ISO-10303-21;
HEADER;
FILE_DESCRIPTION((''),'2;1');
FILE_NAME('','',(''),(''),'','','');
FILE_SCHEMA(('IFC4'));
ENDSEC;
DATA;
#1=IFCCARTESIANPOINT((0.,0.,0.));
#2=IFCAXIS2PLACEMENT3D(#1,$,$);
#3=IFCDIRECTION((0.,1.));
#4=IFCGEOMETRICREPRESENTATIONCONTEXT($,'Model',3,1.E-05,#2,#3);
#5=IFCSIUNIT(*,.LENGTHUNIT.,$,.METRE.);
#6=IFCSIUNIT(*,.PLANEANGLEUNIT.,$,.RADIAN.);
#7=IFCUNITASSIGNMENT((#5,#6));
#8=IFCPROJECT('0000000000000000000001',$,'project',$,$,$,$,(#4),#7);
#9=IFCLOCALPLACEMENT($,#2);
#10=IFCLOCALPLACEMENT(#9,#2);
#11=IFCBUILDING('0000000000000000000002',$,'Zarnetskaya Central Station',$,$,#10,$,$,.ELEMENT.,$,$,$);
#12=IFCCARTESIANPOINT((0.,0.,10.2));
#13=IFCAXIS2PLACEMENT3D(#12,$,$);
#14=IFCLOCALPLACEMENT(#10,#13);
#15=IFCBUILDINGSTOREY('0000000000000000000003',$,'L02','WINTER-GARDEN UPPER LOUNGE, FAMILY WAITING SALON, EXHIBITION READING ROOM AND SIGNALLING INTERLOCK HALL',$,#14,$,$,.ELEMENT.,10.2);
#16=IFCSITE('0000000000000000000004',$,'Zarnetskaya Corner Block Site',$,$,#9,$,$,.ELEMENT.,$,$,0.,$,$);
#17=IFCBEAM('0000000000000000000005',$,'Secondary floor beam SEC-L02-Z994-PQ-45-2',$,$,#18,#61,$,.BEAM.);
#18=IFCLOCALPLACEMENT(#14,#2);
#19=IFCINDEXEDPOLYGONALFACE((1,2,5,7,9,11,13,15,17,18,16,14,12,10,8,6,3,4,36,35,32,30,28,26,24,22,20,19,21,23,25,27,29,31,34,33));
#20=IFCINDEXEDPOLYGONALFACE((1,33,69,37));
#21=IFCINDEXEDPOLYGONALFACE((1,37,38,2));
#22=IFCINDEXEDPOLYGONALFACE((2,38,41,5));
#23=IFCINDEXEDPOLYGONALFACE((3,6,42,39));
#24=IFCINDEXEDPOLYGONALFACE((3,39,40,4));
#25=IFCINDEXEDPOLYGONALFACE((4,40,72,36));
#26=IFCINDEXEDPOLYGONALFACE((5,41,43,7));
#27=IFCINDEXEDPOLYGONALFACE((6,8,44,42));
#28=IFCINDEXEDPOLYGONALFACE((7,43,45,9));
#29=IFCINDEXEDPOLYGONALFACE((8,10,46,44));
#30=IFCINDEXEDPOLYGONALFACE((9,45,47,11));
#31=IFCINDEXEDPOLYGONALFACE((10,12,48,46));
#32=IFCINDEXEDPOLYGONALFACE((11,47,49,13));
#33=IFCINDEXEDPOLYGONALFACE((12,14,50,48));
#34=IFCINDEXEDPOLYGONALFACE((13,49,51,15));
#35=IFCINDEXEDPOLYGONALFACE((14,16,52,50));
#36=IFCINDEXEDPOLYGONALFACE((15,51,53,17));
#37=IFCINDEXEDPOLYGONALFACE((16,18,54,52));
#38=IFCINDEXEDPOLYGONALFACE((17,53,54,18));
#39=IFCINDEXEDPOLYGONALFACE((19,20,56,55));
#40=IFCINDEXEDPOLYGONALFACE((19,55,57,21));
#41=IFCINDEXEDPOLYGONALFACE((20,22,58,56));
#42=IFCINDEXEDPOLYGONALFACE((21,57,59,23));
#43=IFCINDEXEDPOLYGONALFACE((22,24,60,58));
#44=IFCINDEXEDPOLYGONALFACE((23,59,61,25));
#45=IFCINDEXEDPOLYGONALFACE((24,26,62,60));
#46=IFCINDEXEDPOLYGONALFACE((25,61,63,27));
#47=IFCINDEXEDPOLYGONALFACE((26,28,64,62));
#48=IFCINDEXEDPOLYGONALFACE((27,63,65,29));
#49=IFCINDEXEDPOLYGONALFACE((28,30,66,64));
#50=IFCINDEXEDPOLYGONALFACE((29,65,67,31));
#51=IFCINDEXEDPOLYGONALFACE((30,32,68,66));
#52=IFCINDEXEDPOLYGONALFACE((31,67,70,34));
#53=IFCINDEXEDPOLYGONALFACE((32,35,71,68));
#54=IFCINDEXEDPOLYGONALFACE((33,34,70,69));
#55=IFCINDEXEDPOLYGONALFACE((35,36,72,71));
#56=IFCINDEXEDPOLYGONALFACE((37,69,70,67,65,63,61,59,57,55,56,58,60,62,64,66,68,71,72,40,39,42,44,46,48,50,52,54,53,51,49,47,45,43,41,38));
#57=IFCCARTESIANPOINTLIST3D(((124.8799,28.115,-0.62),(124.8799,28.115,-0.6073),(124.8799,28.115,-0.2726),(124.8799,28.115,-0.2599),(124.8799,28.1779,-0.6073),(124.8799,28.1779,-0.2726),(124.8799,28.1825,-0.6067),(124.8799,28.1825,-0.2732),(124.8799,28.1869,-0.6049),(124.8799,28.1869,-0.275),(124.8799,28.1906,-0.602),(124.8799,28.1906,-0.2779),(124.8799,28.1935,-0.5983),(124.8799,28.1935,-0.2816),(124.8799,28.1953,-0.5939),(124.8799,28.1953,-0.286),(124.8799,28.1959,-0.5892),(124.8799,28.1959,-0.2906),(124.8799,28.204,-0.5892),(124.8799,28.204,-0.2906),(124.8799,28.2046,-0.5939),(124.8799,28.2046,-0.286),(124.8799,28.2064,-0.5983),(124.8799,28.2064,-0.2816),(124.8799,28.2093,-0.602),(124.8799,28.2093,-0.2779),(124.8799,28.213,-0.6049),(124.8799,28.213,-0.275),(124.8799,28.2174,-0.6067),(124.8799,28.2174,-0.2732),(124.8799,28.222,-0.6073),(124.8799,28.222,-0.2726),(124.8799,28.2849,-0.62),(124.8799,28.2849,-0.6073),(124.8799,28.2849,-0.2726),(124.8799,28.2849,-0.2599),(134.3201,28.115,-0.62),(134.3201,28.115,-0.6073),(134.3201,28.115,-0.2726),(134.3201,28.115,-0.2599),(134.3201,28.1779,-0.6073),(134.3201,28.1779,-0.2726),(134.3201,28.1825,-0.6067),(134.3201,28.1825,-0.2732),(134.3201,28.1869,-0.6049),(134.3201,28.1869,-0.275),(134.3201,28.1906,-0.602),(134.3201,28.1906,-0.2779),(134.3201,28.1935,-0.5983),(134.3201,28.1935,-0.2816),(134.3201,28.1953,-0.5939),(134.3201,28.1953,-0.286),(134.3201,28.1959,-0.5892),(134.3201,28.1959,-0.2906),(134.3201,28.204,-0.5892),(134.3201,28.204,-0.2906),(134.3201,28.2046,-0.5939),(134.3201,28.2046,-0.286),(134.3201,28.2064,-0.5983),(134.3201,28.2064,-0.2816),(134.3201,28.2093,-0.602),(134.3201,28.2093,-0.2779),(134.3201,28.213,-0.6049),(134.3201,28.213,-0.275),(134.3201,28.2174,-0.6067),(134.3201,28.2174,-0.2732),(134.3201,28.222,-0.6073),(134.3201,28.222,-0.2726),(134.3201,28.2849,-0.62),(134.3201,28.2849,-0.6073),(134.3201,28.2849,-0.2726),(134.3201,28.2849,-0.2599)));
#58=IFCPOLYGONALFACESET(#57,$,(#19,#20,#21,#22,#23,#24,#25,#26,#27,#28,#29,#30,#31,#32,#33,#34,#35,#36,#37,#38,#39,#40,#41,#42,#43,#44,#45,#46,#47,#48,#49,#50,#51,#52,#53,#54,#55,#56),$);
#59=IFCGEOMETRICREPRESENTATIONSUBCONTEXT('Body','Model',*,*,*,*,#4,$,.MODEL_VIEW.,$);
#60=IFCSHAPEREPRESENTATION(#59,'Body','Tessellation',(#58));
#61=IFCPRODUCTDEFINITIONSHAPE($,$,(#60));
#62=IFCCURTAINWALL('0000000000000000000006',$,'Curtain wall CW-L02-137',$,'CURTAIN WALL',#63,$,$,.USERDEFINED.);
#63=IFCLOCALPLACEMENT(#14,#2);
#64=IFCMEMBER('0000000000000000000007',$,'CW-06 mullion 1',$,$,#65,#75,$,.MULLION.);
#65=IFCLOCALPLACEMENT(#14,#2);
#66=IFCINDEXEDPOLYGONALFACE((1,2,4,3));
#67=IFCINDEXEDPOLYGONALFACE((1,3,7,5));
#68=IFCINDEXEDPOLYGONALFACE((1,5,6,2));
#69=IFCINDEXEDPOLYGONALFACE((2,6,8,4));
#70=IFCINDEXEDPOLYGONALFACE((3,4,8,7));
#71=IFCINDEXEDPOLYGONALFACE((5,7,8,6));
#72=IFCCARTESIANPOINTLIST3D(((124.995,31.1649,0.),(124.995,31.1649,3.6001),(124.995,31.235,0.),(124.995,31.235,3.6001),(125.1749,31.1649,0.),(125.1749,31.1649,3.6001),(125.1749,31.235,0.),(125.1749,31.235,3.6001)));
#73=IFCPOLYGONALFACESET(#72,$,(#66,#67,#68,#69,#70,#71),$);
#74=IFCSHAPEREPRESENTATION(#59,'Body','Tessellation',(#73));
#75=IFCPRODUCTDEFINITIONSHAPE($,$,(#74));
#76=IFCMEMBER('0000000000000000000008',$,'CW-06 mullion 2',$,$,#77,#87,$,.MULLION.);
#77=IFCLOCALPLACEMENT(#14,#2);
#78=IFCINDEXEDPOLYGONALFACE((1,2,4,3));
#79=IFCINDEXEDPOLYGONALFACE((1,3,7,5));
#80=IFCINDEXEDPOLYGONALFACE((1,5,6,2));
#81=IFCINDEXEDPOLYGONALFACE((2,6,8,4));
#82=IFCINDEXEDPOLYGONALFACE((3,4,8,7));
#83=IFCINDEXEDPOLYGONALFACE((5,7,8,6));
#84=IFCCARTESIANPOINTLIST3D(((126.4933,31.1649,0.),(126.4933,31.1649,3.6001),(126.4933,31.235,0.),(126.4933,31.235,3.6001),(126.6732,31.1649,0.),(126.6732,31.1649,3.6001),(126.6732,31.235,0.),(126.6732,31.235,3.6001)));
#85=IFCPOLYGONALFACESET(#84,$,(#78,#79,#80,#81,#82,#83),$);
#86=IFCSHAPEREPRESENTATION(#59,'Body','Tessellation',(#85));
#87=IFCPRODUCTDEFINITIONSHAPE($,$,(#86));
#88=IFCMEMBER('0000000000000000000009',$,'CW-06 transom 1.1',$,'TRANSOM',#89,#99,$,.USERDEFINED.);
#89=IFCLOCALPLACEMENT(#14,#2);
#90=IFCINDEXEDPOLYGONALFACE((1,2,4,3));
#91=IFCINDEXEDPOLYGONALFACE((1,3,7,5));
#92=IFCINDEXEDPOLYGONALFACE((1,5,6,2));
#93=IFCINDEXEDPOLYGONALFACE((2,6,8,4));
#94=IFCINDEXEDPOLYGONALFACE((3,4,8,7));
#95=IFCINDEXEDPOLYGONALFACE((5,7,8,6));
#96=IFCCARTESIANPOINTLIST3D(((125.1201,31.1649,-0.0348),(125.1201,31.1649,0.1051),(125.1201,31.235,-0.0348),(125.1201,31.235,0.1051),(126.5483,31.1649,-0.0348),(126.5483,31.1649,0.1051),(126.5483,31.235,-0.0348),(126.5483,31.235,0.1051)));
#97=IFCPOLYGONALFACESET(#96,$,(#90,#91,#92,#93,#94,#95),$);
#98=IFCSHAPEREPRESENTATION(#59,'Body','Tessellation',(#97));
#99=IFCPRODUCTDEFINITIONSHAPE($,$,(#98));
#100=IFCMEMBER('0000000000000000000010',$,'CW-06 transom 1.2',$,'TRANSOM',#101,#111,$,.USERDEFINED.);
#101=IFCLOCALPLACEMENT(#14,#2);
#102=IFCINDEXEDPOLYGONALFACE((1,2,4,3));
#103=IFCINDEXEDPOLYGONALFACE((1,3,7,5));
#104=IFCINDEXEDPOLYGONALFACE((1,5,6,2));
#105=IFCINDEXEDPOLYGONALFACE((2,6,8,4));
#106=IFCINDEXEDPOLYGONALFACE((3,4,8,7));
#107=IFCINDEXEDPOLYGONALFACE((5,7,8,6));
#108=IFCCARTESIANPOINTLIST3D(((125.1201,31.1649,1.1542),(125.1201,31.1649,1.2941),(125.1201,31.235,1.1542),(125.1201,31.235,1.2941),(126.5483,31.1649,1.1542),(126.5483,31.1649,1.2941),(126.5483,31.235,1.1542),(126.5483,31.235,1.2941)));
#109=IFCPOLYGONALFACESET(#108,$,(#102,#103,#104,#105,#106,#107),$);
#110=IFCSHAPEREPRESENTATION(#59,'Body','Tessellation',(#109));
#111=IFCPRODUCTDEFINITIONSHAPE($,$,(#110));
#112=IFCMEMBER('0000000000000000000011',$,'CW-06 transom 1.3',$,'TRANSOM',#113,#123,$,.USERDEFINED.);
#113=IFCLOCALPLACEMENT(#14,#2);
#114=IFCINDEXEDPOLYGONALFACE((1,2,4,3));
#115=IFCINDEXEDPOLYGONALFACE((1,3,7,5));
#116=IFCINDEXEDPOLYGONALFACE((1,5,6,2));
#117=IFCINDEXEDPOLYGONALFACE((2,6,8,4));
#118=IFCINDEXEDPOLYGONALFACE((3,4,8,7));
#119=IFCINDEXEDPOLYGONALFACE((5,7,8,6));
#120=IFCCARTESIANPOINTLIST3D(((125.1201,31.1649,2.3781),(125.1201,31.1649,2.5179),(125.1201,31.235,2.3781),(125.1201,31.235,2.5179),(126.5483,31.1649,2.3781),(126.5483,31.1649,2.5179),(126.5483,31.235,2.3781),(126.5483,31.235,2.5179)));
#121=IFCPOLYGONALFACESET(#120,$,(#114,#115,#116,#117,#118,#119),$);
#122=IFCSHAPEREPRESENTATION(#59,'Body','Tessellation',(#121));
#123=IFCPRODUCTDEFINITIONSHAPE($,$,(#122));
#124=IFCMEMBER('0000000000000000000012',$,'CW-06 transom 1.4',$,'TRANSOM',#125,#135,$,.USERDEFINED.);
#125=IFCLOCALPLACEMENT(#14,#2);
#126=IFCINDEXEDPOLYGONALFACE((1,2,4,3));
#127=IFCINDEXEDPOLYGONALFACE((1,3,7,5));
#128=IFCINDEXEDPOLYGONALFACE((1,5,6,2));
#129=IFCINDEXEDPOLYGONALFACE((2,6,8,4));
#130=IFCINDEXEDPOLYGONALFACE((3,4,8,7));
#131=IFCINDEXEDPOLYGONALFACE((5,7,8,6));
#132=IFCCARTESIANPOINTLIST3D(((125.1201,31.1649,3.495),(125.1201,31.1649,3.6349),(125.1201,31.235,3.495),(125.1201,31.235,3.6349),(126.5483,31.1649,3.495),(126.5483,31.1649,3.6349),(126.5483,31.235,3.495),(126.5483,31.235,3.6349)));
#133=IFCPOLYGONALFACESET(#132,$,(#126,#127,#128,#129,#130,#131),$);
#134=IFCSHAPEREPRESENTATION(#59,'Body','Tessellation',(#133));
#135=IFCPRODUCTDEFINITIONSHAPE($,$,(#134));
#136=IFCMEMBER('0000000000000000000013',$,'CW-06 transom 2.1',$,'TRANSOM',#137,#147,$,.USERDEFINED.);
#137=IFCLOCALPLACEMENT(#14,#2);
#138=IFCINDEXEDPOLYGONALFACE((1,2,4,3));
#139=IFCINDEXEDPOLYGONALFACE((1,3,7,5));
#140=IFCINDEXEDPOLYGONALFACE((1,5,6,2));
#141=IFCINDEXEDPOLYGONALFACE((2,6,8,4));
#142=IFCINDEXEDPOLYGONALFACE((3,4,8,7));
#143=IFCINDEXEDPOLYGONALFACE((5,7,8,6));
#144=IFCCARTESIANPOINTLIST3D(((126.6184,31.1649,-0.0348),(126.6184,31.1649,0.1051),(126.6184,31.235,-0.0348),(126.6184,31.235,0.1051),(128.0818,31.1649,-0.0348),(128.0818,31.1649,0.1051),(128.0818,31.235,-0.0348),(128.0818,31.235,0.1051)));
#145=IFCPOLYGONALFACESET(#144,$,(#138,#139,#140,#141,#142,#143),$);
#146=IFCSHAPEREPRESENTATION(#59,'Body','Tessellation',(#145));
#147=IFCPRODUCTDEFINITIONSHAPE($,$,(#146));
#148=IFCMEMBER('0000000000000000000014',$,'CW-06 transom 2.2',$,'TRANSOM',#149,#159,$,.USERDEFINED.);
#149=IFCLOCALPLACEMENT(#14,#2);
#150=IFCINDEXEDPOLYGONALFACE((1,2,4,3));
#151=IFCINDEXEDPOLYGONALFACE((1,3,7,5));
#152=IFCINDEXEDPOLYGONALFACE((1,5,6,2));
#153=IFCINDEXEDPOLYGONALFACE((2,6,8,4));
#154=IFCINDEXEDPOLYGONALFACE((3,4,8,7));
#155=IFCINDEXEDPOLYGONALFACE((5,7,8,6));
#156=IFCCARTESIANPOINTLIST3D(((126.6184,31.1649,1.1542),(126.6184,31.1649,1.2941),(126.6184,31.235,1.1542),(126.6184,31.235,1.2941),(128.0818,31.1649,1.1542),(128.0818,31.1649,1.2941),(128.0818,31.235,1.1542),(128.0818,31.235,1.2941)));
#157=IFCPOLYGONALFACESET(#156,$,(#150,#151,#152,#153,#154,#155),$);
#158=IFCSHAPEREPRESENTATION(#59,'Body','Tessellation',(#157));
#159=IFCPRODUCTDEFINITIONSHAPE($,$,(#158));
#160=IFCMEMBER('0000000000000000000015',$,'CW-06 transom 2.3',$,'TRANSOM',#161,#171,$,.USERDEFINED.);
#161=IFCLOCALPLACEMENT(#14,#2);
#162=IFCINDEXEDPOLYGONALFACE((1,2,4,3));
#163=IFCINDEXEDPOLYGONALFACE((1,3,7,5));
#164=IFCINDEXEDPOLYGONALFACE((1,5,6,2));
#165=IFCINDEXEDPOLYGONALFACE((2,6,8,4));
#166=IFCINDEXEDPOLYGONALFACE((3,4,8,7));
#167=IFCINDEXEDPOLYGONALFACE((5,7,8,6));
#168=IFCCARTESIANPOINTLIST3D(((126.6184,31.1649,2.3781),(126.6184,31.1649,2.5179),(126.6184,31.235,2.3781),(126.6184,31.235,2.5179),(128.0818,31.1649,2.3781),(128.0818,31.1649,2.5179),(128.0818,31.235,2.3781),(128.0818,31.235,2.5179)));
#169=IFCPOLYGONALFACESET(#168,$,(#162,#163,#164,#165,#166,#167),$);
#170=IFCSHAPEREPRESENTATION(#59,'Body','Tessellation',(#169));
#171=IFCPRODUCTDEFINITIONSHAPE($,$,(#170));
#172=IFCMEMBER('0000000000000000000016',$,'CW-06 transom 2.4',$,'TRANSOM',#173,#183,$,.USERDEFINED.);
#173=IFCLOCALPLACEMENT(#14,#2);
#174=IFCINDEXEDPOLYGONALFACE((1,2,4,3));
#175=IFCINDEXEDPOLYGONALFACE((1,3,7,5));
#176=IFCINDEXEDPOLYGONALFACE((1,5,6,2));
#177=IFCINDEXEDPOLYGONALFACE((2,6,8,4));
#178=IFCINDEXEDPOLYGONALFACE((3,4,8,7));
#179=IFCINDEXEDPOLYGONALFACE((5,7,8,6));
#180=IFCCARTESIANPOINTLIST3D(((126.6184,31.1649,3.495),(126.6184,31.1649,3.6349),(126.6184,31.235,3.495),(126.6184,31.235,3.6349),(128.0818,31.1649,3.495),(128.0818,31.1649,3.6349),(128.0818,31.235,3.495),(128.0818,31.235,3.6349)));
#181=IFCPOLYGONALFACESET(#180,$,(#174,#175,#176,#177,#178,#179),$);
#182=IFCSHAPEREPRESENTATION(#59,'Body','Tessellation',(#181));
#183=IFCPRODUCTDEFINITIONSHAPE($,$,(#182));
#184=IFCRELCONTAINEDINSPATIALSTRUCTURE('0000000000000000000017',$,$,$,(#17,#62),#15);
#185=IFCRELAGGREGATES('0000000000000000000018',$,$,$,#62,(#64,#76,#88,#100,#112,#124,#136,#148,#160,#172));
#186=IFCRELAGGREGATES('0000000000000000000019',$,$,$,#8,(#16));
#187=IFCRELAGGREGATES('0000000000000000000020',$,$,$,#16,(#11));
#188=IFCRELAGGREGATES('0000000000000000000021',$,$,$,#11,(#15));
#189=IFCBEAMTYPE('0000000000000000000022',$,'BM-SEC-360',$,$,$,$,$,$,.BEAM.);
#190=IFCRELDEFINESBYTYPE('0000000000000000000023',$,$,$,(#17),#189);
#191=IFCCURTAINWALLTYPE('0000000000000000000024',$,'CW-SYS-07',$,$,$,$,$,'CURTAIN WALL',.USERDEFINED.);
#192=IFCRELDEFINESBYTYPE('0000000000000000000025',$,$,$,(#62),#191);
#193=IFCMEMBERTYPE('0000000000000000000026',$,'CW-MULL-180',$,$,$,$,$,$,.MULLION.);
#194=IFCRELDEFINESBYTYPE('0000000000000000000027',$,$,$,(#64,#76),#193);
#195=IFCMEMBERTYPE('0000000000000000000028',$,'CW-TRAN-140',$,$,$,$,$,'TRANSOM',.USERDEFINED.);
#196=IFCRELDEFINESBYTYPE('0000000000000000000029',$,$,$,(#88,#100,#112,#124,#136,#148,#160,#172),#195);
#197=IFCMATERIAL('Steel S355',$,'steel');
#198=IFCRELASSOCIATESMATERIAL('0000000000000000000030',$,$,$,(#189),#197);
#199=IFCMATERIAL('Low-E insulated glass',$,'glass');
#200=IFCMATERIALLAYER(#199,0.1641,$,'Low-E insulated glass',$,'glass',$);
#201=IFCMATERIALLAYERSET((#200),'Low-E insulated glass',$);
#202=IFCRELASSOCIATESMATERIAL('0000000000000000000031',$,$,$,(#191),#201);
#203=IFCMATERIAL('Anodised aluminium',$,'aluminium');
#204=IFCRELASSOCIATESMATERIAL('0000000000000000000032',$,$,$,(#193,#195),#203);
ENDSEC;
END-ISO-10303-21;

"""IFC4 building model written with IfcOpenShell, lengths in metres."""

from ifc_helpers import new_model, si_unit, direction, frame, origin, origin_2d, place, context, subcontext, project, spatial, rectangle, i_section, extrude, material, layer, layer_set, material_profile, profile_set, type_object, element, aggregate, save


model = new_model("IFC4")

# Units and contexts
model_context = context("Model", 3, precision=1e-05, world=origin(), true_north=direction((0.0, 1.0)))
body_context = subcontext(model_context, "Body", "Model", "MODEL_VIEW")
ifc_project = project(units=[si_unit("LENGTHUNIT", "METRE"), si_unit("PLANEANGLEUNIT", "RADIAN")], contexts=[model_context])

# Site, building, storey
site_placement = place(None, origin())
site = spatial("IfcSite", under=ifc_project, at=site_placement, Name="Zarnetskaya Corner Block Site", CompositionType="ELEMENT", RefElevation=0.0)
building_placement = place(site_placement, origin())
building = spatial("IfcBuilding", under=site, at=building_placement, Name="Zarnetskaya Central Station", CompositionType="ELEMENT")
storey_placement = place(building_placement, frame((0.0, 0.0, 10.2)))
storey = spatial("IfcBuildingStorey", under=building, at=storey_placement, Name="L02", Description="WINTER-GARDEN UPPER LOUNGE, FAMILY WAITING SALON, EXHIBITION READING ROOM AND SIGNALLING INTERLOCK HALL", CompositionType="ELEMENT", Elevation=10.2)

# Beam
ifc_material_1 = material(Name="Steel S355", Category="steel")
ifc_material_profile_1 = material_profile(ifc_material_1, i_section(OverallWidth=0.1699, OverallDepth=0.3601, WebThickness=0.0081, FlangeThickness=0.0127, FilletRadius=0.0181, at=origin_2d()), Name="IPE 360")
ifc_profile_set_1 = profile_set([ifc_material_profile_1], Name="Steel S355")
beam_type = type_object("IfcBeamType", Name="BM-SEC-360", PredefinedType="BEAM", material=ifc_profile_set_1)
beam_placement = place(storey_placement, frame((124.8799, 28.2, -0.4399), z_axis=(1.0, 0.0, 0.0), x_axis=(0.0, 1.0, 0.0)))
element("IfcBeam", 1, at=beam_placement, inside=storey, type_object=beam_type, Name="Secondary floor beam SEC-L02-Z994-PQ-45-2", PredefinedType="BEAM", context=body_context, shape_type="SweptSolid", body=[
    extrude(i_section(OverallWidth=0.1699, OverallDepth=0.3601, WebThickness=0.0081, FlangeThickness=0.0127, FilletRadius=0.0181, at=origin_2d()), origin(), (0.0, 0.0, 1.0), 9.4402),
])

# Curtain wall, members
ifc_material_2 = material(Name="Low-E insulated glass", Category="glass")
ifc_layer_1 = layer(ifc_material_2, 0.1641, Name="Low-E insulated glass", Category="glass")
ifc_layer_set_1 = layer_set([ifc_layer_1], Name="Low-E insulated glass")
curtain_wall_type = type_object("IfcCurtainWallType", Name="CW-SYS-07", ElementType="CURTAIN WALL", PredefinedType="USERDEFINED", material=ifc_layer_set_1)
curtain_wall_placement = place(storey_placement, origin())
curtain_wall = element("IfcCurtainWall", 2, at=curtain_wall_placement, inside=storey, type_object=curtain_wall_type, Name="Curtain wall CW-L02-137", ObjectType="CURTAIN WALL", PredefinedType="USERDEFINED")
ifc_material_3 = material(Name="Anodised aluminium", Category="aluminium")
ifc_material_profile_2 = material_profile(ifc_material_3, rectangle(XDim=0.0701, YDim=0.1799, at=origin_2d()), Name="ALU MULL 70x180")
ifc_profile_set_2 = profile_set([ifc_material_profile_2], Name="Anodised aluminium")
member_type_1 = type_object("IfcMemberType", Name="CW-MULL-180", PredefinedType="MULLION", material=ifc_profile_set_2)
member_1_placement = place(storey_placement, frame((125.085, 31.2, 0.0), z_axis=(0.0, 0.0, 1.0), x_axis=(0.0, 1.0, 0.0)))
member_1 = element("IfcMember", 3, at=member_1_placement, type_object=member_type_1, Name="CW-06 mullion 1", PredefinedType="MULLION", context=body_context, shape_type="SweptSolid", body=[
    extrude(rectangle(XDim=0.0701, YDim=0.1799, at=origin_2d()), origin(), (0.0, 0.0, 1.0), 3.6001),
])
member_2_placement = place(storey_placement, frame((126.5833, 31.2, 0.0), z_axis=(0.0, 0.0, 1.0), x_axis=(0.0, 1.0, 0.0)))
member_2 = element("IfcMember", 4, at=member_2_placement, type_object=member_type_1, Name="CW-06 mullion 2", PredefinedType="MULLION", context=body_context, shape_type="SweptSolid", body=[
    extrude(rectangle(XDim=0.0701, YDim=0.1799, at=origin_2d()), origin(), (0.0, 0.0, 1.0), 3.6001),
])
ifc_material_profile_3 = material_profile(ifc_material_3, rectangle(XDim=0.0701, YDim=0.1399, at=origin_2d()), Name="ALU TRAN 70x140")
ifc_profile_set_3 = profile_set([ifc_material_profile_3], Name="Anodised aluminium")
member_type_2 = type_object("IfcMemberType", Name="CW-TRAN-140", ElementType="TRANSOM", PredefinedType="USERDEFINED", material=ifc_profile_set_3)
member_3_placement = place(storey_placement, frame((125.1201, 31.2, 0.0352), z_axis=(1.0, 0.0, 0.0), x_axis=(0.0, 1.0, 0.0)))
member_3 = element("IfcMember", 5, at=member_3_placement, type_object=member_type_2, Name="CW-06 transom 1.1", ObjectType="TRANSOM", PredefinedType="USERDEFINED", context=body_context, shape_type="SweptSolid", body=[
    extrude(rectangle(XDim=0.0701, YDim=0.1399, at=origin_2d()), origin(), (0.0, 0.0, 1.0), 1.4282),
])
member_4_placement = place(storey_placement, frame((125.1201, 31.2, 1.2241), z_axis=(1.0, 0.0, 0.0), x_axis=(0.0, 1.0, 0.0)))
member_4 = element("IfcMember", 6, at=member_4_placement, type_object=member_type_2, Name="CW-06 transom 1.2", ObjectType="TRANSOM", PredefinedType="USERDEFINED", context=body_context, shape_type="SweptSolid", body=[
    extrude(rectangle(XDim=0.0701, YDim=0.1399, at=origin_2d()), origin(), (0.0, 0.0, 1.0), 1.4282),
])
member_5_placement = place(storey_placement, frame((125.1201, 31.2, 2.448), z_axis=(1.0, 0.0, 0.0), x_axis=(0.0, 1.0, 0.0)))
member_5 = element("IfcMember", 7, at=member_5_placement, type_object=member_type_2, Name="CW-06 transom 1.3", ObjectType="TRANSOM", PredefinedType="USERDEFINED", context=body_context, shape_type="SweptSolid", body=[
    extrude(rectangle(XDim=0.0701, YDim=0.1399, at=origin_2d()), origin(), (0.0, 0.0, 1.0), 1.4282),
])
member_6_placement = place(storey_placement, frame((125.1201, 31.2, 3.5649), z_axis=(1.0, 0.0, 0.0), x_axis=(0.0, 1.0, 0.0)))
member_6 = element("IfcMember", 8, at=member_6_placement, type_object=member_type_2, Name="CW-06 transom 1.4", ObjectType="TRANSOM", PredefinedType="USERDEFINED", context=body_context, shape_type="SweptSolid", body=[
    extrude(rectangle(XDim=0.0701, YDim=0.1399, at=origin_2d()), origin(), (0.0, 0.0, 1.0), 1.4282),
])
member_7_placement = place(storey_placement, frame((126.6184, 31.2, 0.0352), z_axis=(1.0, 0.0, 0.0), x_axis=(0.0, 1.0, 0.0)))
member_7 = element("IfcMember", 9, at=member_7_placement, type_object=member_type_2, Name="CW-06 transom 2.1", ObjectType="TRANSOM", PredefinedType="USERDEFINED", context=body_context, shape_type="SweptSolid", body=[
    extrude(rectangle(XDim=0.0701, YDim=0.1399, at=origin_2d()), origin(), (0.0, 0.0, 1.0), 1.4634),
])
member_8_placement = place(storey_placement, frame((126.6184, 31.2, 1.2241), z_axis=(1.0, 0.0, 0.0), x_axis=(0.0, 1.0, 0.0)))
member_8 = element("IfcMember", 10, at=member_8_placement, type_object=member_type_2, Name="CW-06 transom 2.2", ObjectType="TRANSOM", PredefinedType="USERDEFINED", context=body_context, shape_type="SweptSolid", body=[
    extrude(rectangle(XDim=0.0701, YDim=0.1399, at=origin_2d()), origin(), (0.0, 0.0, 1.0), 1.4634),
])
member_9_placement = place(storey_placement, frame((126.6184, 31.2, 2.448), z_axis=(1.0, 0.0, 0.0), x_axis=(0.0, 1.0, 0.0)))
member_9 = element("IfcMember", 11, at=member_9_placement, type_object=member_type_2, Name="CW-06 transom 2.3", ObjectType="TRANSOM", PredefinedType="USERDEFINED", context=body_context, shape_type="SweptSolid", body=[
    extrude(rectangle(XDim=0.0701, YDim=0.1399, at=origin_2d()), origin(), (0.0, 0.0, 1.0), 1.4634),
])
member_10_placement = place(storey_placement, frame((126.6184, 31.2, 3.5649), z_axis=(1.0, 0.0, 0.0), x_axis=(0.0, 1.0, 0.0)))
member_10 = element("IfcMember", 12, at=member_10_placement, type_object=member_type_2, Name="CW-06 transom 2.4", ObjectType="TRANSOM", PredefinedType="USERDEFINED", context=body_context, shape_type="SweptSolid", body=[
    extrude(rectangle(XDim=0.0701, YDim=0.1399, at=origin_2d()), origin(), (0.0, 0.0, 1.0), 1.4634),
])
aggregate(curtain_wall, [member_1, member_2, member_3, member_4, member_5, member_6, member_7, member_8, member_9, member_10])

save(model, "model.ifc")
